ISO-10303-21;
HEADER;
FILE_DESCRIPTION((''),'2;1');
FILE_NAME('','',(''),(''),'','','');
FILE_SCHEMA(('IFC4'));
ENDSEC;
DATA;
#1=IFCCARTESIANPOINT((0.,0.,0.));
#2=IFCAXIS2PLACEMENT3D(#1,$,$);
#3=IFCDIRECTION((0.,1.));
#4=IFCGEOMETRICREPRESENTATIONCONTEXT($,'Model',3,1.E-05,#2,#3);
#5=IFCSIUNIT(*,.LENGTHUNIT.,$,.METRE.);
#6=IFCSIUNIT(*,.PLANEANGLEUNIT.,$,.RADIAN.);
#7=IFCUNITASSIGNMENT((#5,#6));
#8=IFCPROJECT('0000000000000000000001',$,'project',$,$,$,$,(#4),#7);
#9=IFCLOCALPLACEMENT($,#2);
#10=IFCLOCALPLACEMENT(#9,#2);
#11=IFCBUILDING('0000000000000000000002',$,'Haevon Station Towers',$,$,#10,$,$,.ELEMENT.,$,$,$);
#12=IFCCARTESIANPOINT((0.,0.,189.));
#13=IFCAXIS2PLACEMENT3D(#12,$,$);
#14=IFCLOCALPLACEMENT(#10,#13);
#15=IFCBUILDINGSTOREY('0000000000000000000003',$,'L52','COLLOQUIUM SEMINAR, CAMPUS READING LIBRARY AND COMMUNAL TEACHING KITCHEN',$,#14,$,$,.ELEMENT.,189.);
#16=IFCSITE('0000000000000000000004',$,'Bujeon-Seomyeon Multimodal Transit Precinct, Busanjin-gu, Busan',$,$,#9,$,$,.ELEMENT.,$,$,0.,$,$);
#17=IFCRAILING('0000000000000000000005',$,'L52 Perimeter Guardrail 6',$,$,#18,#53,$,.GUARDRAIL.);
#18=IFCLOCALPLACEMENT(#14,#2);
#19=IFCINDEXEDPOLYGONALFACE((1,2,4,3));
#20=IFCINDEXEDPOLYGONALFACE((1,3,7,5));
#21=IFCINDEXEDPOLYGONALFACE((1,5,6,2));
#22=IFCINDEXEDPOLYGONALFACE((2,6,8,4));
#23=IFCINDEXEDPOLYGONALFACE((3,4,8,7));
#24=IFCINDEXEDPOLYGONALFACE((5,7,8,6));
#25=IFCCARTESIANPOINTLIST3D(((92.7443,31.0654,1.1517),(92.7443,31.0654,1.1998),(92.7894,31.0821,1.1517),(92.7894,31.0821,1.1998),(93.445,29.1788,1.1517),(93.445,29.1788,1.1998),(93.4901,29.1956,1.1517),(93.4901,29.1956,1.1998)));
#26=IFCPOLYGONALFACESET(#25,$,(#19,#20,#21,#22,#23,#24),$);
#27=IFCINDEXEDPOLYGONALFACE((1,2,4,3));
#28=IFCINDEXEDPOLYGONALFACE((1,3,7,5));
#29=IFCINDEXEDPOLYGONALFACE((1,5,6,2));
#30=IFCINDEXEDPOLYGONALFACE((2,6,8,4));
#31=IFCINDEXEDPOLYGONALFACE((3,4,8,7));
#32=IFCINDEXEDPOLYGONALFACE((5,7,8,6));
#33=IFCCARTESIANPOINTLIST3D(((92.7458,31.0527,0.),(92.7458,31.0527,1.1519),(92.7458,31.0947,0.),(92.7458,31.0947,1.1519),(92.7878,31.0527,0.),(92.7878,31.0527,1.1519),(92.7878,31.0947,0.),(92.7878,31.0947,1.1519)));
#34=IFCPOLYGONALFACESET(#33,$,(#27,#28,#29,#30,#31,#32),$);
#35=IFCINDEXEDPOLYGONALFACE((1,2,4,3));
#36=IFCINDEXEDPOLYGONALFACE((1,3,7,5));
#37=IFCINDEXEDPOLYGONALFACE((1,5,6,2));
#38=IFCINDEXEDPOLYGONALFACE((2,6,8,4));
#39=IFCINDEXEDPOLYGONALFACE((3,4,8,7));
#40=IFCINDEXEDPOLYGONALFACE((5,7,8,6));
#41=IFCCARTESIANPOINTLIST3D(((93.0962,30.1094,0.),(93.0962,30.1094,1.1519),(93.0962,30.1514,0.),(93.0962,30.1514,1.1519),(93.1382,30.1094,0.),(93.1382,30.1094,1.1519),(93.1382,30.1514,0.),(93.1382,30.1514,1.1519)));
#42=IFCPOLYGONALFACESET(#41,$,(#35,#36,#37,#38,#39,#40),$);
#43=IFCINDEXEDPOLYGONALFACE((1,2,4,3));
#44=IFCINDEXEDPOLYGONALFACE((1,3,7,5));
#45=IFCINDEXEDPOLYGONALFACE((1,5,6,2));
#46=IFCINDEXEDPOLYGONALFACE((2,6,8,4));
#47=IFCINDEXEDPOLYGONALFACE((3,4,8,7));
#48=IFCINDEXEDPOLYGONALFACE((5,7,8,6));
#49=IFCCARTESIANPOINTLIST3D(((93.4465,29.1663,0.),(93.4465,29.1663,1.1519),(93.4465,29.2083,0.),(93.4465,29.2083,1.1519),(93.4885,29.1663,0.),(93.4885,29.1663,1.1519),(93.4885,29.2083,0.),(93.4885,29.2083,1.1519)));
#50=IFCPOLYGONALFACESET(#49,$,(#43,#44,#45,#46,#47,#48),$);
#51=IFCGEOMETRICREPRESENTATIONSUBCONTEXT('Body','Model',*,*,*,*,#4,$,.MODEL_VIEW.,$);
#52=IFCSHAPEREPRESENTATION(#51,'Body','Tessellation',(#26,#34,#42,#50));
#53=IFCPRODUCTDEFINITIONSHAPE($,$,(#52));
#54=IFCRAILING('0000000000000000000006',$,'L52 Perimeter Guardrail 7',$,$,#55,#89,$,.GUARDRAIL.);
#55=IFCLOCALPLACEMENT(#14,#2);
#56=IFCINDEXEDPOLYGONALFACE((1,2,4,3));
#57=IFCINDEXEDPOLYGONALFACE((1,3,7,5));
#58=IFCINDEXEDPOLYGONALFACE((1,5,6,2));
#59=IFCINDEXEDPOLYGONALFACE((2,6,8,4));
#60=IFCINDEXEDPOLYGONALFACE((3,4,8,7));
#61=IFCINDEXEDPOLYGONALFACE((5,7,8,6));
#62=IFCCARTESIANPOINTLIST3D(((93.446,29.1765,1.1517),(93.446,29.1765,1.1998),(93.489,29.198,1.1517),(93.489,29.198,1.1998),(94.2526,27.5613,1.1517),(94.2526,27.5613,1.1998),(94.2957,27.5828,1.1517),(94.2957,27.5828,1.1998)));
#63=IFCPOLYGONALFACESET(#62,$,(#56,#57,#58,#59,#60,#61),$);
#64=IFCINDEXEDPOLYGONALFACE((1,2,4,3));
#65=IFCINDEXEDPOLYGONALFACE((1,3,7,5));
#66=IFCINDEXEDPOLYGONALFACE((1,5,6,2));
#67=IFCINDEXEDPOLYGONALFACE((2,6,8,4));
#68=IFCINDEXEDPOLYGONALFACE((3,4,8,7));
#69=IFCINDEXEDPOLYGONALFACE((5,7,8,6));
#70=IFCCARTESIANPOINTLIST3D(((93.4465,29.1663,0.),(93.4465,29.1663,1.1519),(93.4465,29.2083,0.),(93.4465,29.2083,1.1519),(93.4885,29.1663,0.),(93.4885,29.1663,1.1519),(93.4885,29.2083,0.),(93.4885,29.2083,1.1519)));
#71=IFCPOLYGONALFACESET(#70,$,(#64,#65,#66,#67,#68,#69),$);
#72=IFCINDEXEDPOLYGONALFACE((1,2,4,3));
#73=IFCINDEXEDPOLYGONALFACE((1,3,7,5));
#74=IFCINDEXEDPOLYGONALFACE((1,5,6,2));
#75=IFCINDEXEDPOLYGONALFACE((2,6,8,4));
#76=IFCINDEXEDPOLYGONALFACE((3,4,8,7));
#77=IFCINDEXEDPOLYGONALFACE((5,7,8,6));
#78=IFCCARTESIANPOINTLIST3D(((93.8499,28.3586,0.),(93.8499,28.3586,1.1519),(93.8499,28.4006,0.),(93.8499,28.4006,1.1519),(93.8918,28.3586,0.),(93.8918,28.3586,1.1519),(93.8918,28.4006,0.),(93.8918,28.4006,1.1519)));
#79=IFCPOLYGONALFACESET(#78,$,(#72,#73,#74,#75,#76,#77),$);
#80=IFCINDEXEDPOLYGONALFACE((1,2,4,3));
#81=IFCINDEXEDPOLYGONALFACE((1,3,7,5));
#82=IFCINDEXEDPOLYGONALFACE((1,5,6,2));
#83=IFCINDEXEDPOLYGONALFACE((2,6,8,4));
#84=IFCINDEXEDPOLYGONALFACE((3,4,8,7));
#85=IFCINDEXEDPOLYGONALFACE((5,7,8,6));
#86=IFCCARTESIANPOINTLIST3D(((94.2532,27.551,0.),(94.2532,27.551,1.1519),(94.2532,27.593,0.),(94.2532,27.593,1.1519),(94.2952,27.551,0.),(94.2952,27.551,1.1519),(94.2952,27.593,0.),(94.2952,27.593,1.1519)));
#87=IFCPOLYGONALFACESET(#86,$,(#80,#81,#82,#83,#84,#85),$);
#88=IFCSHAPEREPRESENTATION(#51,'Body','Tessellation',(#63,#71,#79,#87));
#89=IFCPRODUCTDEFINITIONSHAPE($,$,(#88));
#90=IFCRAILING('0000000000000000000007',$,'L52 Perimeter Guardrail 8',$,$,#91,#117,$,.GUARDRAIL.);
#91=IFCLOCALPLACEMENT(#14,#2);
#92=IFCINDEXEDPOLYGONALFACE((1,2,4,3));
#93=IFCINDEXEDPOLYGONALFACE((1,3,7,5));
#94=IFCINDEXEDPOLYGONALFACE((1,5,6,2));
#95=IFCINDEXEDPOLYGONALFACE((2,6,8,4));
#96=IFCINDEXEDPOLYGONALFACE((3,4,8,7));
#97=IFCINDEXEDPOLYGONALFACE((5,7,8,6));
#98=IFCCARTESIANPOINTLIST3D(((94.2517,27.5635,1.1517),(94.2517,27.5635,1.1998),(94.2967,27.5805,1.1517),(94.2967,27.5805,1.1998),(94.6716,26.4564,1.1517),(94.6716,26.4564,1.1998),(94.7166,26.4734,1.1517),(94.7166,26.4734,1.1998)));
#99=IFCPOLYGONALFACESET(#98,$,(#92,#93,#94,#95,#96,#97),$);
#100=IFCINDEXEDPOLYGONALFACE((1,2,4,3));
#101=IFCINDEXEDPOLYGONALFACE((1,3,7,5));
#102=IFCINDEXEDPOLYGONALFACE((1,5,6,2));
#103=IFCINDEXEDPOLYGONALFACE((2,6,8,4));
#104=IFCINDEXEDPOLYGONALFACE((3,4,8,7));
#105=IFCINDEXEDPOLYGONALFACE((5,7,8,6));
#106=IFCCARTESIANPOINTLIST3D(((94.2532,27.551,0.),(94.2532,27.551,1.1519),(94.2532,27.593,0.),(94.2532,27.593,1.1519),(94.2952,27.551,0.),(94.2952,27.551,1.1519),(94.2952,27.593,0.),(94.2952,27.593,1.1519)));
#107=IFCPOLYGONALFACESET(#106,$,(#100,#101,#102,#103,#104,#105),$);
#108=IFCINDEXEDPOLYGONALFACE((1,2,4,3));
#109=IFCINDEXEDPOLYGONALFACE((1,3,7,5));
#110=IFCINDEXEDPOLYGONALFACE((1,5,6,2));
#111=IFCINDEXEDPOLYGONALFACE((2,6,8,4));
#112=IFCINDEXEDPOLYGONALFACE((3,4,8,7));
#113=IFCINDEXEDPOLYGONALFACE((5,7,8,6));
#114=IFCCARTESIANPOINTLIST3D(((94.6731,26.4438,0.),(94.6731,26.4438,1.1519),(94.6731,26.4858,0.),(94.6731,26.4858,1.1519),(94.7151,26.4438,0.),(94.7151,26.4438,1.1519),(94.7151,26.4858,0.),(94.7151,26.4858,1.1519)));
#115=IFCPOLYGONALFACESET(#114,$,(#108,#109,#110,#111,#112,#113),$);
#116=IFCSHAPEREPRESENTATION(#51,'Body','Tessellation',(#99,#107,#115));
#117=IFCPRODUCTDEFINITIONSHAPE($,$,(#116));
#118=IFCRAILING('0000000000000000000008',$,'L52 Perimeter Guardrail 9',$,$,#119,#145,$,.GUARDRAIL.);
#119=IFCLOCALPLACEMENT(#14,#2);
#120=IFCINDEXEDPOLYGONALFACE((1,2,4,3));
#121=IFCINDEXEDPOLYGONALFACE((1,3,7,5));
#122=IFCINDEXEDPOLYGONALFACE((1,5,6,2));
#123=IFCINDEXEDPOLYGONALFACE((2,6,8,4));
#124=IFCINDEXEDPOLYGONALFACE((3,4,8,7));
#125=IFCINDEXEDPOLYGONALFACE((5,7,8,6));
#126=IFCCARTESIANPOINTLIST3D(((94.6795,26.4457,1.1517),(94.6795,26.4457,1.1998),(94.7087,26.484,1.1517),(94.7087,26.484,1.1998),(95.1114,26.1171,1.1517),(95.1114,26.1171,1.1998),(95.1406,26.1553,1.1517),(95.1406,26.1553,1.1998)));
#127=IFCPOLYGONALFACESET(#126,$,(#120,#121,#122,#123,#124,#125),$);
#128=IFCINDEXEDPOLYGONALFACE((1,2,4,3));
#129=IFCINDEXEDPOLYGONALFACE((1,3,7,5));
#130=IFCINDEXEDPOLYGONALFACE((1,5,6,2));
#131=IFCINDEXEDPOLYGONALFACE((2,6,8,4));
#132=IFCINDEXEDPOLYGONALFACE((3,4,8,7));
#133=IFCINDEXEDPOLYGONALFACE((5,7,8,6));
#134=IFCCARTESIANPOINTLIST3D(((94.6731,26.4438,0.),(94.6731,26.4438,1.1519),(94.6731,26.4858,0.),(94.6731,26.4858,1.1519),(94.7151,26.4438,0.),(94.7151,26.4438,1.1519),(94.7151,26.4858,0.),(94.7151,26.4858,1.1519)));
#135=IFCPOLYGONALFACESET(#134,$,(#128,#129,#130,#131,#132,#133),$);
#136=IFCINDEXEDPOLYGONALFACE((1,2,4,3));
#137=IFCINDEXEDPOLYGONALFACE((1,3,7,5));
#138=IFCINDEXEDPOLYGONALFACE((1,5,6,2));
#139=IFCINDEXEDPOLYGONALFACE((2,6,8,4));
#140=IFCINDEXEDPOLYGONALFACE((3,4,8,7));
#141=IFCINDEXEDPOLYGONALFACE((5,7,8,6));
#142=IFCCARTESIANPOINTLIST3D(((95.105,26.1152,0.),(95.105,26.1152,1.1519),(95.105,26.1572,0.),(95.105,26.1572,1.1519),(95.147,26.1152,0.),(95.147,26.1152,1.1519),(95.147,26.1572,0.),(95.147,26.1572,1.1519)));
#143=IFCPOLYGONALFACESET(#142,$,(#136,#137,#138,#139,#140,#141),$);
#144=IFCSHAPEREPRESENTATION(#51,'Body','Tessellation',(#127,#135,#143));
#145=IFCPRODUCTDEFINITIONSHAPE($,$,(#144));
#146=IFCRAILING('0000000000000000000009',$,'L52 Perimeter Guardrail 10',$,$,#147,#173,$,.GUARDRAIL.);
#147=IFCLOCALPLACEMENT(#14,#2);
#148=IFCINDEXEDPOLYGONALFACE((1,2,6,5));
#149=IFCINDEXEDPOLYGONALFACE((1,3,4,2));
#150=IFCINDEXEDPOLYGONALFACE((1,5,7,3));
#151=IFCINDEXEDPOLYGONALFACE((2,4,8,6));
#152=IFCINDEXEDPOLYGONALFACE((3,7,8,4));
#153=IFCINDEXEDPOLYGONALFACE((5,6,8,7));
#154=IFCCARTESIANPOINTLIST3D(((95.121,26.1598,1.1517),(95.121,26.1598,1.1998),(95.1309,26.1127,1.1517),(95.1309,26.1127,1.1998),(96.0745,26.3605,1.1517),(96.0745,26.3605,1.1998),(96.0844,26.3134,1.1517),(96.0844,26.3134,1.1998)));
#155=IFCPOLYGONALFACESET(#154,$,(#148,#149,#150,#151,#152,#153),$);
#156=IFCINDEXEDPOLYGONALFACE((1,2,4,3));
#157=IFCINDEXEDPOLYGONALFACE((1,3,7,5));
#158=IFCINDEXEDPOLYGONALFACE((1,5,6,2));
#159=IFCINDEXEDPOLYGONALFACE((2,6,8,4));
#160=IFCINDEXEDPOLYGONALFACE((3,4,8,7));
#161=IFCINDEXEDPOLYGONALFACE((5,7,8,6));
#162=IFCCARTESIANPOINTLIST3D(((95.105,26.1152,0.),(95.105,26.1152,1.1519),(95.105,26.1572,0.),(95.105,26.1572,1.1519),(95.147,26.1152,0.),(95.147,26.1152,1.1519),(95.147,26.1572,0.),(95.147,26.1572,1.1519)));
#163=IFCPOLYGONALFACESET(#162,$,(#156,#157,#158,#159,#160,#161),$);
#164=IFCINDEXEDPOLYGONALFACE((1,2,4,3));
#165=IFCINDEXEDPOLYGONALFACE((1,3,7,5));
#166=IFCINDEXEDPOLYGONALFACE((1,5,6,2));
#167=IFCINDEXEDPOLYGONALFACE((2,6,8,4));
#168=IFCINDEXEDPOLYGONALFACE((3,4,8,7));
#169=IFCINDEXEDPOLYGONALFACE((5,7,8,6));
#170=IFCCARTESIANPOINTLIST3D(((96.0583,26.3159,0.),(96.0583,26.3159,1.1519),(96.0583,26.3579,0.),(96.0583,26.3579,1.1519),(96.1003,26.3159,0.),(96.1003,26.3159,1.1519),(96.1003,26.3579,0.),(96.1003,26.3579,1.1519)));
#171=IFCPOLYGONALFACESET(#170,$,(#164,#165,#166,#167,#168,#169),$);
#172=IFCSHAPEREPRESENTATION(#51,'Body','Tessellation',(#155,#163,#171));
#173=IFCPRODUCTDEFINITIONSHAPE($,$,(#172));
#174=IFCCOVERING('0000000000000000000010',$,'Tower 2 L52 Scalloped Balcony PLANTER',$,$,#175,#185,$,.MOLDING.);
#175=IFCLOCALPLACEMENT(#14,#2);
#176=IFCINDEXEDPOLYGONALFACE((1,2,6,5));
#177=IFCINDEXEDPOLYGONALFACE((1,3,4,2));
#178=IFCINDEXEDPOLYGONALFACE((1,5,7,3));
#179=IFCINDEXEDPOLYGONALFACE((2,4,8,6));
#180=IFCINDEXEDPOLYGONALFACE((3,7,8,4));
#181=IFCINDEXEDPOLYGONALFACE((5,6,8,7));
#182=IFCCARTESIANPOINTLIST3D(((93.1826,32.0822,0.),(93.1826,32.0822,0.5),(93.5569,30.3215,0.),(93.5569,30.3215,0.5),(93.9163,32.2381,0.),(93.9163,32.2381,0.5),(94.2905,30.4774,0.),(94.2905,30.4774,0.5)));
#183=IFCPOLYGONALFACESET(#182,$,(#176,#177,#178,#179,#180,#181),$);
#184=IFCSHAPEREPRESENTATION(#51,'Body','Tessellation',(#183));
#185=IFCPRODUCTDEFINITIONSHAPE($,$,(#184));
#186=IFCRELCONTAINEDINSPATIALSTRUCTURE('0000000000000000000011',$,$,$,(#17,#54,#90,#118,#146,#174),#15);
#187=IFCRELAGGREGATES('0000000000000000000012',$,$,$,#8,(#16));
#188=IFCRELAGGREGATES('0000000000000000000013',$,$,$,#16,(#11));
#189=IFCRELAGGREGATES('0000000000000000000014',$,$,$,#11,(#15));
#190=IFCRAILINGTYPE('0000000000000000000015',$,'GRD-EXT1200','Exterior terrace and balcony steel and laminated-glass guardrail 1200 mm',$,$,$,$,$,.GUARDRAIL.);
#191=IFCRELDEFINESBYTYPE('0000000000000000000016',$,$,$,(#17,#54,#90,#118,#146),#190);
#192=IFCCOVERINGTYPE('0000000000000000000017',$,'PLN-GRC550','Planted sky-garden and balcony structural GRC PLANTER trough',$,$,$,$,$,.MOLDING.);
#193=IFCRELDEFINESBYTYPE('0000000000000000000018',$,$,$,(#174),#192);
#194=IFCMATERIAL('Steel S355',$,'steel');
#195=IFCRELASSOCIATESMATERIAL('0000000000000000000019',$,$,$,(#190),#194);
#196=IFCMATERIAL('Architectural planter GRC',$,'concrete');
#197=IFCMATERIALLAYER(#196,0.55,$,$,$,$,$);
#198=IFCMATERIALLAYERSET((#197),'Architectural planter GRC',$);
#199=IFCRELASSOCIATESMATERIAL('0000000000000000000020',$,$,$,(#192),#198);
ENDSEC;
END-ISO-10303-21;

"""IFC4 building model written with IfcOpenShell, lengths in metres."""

from ifc_helpers import new_model, si_unit, direction, frame, origin, origin_2d, place, context, subcontext, project, spatial, rectangle, extrude, material, layer, layer_set, type_object, element, save


model = new_model("IFC4")

# Units and contexts
model_context = context("Model", 3, precision=1e-05, world=origin(), true_north=direction((0.0, 1.0)))
body_context = subcontext(model_context, "Body", "Model", "MODEL_VIEW")
ifc_project = project(units=[si_unit("LENGTHUNIT", "METRE"), si_unit("PLANEANGLEUNIT", "RADIAN")], contexts=[model_context])

# Site, building, storey
site_placement = place(None, origin())
site = spatial("IfcSite", under=ifc_project, at=site_placement, Name="Bujeon-Seomyeon Multimodal Transit Precinct, Busanjin-gu, Busan", CompositionType="ELEMENT", RefElevation=0.0)
building_placement = place(site_placement, origin())
building = spatial("IfcBuilding", under=site, at=building_placement, Name="Haevon Station Towers", CompositionType="ELEMENT")
storey_placement = place(building_placement, frame((0.0, 0.0, 189.0)))
storey = spatial("IfcBuildingStorey", under=building, at=storey_placement, Name="L52", Description="COLLOQUIUM SEMINAR, CAMPUS READING LIBRARY AND COMMUNAL TEACHING KITCHEN", CompositionType="ELEMENT", Elevation=189.0)

# Shared definitions
ifc_material_1 = material(Name="Steel S355", Category="steel")

# Railings
railing_type = type_object("IfcRailingType", Name="GRD-EXT1200", Description="Exterior terrace and balcony steel and laminated-glass guardrail 1200 mm", PredefinedType="GUARDRAIL", material=ifc_material_1)
railing_1_placement = place(storey_placement, frame((92.7668, 31.0737, 0.0)))
element("IfcRailing", 1, at=railing_1_placement, inside=storey, type_object=railing_type, Name="L52 Perimeter Guardrail 6", PredefinedType="GUARDRAIL", context=body_context, shape_type="SweptSolid", body=[
    extrude(rectangle(XDim=0.0481, YDim=0.0481, at=origin_2d()), frame((0.0, 0.0, 1.1758), z_axis=(0.348183, -0.937426, 0.0), x_axis=(0.937426, 0.348183, 0.0)), (0.0, 0.0, 1.0), 2.0125),
    extrude(rectangle(XDim=0.042, YDim=0.042, at=origin_2d()), origin(), (0.0, 0.0, 1.0), 1.1519),
    extrude(rectangle(XDim=0.042, YDim=0.042, at=origin_2d()), frame((0.3503, -0.9434, 0.0)), (0.0, 0.0, 1.0), 1.1519),
    extrude(rectangle(XDim=0.042, YDim=0.042, at=origin_2d()), frame((0.7007, -1.8865, 0.0)), (0.0, 0.0, 1.0), 1.1519),
])
railing_2_placement = place(storey_placement, frame((93.4675, 29.1873, 0.0)))
element("IfcRailing", 2, at=railing_2_placement, inside=storey, type_object=railing_type, Name="L52 Perimeter Guardrail 7", PredefinedType="GUARDRAIL", context=body_context, shape_type="SweptSolid", body=[
    extrude(rectangle(XDim=0.0481, YDim=0.0481, at=origin_2d()), frame((0.0, 0.0, 1.1758), z_axis=(0.446781, -0.894643, 0.0), x_axis=(0.894643, 0.446781, 0.0)), (0.0, 0.0, 1.0), 1.8054),
    extrude(rectangle(XDim=0.042, YDim=0.042, at=origin_2d()), origin(), (0.0, 0.0, 1.0), 1.1519),
    extrude(rectangle(XDim=0.042, YDim=0.042, at=origin_2d()), frame((0.4033, -0.8076, 0.0)), (0.0, 0.0, 1.0), 1.1519),
    extrude(rectangle(XDim=0.042, YDim=0.042, at=origin_2d()), frame((0.8066, -1.6152, 0.0)), (0.0, 0.0, 1.0), 1.1519),
])
railing_3_placement = place(storey_placement, frame((94.2742, 27.572, 0.0)))
element("IfcRailing", 3, at=railing_3_placement, inside=storey, type_object=railing_type, Name="L52 Perimeter Guardrail 8", PredefinedType="GUARDRAIL", context=body_context, shape_type="SweptSolid", body=[
    extrude(rectangle(XDim=0.0481, YDim=0.0481, at=origin_2d()), frame((0.0, 0.0, 1.1758), z_axis=(0.354623, -0.935009, 0.0), x_axis=(0.935009, 0.354623, 0.0)), (0.0, 0.0, 1.0), 1.1841),
    extrude(rectangle(XDim=0.042, YDim=0.042, at=origin_2d()), origin(), (0.0, 0.0, 1.0), 1.1519),
    extrude(rectangle(XDim=0.042, YDim=0.042, at=origin_2d()), frame((0.4199, -1.1072, 0.0)), (0.0, 0.0, 1.0), 1.1519),
])
railing_4_placement = place(storey_placement, frame((94.6941, 26.4648, 0.0)))
element("IfcRailing", 4, at=railing_4_placement, inside=storey, type_object=railing_type, Name="L52 Perimeter Guardrail 9", PredefinedType="GUARDRAIL", context=body_context, shape_type="SweptSolid", body=[
    extrude(rectangle(XDim=0.0481, YDim=0.0481, at=origin_2d()), frame((0.0, 0.0, 1.1758), z_axis=(0.795824, -0.605528, 0.0), x_axis=(0.605528, 0.795824, 0.0)), (0.0, 0.0, 1.0), 0.5427),
    extrude(rectangle(XDim=0.042, YDim=0.042, at=origin_2d()), origin(), (0.0, 0.0, 1.0), 1.1519),
    extrude(rectangle(XDim=0.042, YDim=0.042, at=origin_2d()), frame((0.4319, -0.3286, 0.0)), (0.0, 0.0, 1.0), 1.1519),
])
railing_5_placement = place(storey_placement, frame((95.126, 26.1362, 0.0)))
element("IfcRailing", 5, at=railing_5_placement, inside=storey, type_object=railing_type, Name="L52 Perimeter Guardrail 10", PredefinedType="GUARDRAIL", context=body_context, shape_type="SweptSolid", body=[
    extrude(rectangle(XDim=0.0481, YDim=0.0481, at=origin_2d()), frame((0.0, 0.0, 1.1758), z_axis=(0.978555, 0.205985, 0.0), x_axis=(-0.205985, 0.978555, 0.0)), (0.0, 0.0, 1.0), 0.9744),
    extrude(rectangle(XDim=0.042, YDim=0.042, at=origin_2d()), origin(), (0.0, 0.0, 1.0), 1.1519),
    extrude(rectangle(XDim=0.042, YDim=0.042, at=origin_2d()), frame((0.9534, 0.2007, 0.0)), (0.0, 0.0, 1.0), 1.1519),
])

# Covering
ifc_material_2 = material(Name="Architectural planter GRC", Category="concrete")
ifc_layer_1 = layer(ifc_material_2, 0.55)
ifc_layer_set_1 = layer_set([ifc_layer_1], Name="Architectural planter GRC")
covering_type = type_object("IfcCoveringType", Name="PLN-GRC550", Description="Planted sky-garden and balcony structural GRC PLANTER trough", PredefinedType="MOLDING", material=ifc_layer_set_1)
covering_placement = place(storey_placement, frame((93.7366, 31.2798, 0.0), z_axis=(0.0, 0.0, 1.0), x_axis=(0.978148, 0.207912, 0.0)))
element("IfcCovering", 6, at=covering_placement, inside=storey, type_object=covering_type, Name="Tower 2 L52 Scalloped Balcony PLANTER", PredefinedType="MOLDING", context=body_context, shape_type="SweptSolid", body=[
    extrude(rectangle(XDim=0.75, YDim=1.8, at=origin_2d()), origin(), (0.0, 0.0, 1.0), 0.5),
])

save(model, "model.ifc")
